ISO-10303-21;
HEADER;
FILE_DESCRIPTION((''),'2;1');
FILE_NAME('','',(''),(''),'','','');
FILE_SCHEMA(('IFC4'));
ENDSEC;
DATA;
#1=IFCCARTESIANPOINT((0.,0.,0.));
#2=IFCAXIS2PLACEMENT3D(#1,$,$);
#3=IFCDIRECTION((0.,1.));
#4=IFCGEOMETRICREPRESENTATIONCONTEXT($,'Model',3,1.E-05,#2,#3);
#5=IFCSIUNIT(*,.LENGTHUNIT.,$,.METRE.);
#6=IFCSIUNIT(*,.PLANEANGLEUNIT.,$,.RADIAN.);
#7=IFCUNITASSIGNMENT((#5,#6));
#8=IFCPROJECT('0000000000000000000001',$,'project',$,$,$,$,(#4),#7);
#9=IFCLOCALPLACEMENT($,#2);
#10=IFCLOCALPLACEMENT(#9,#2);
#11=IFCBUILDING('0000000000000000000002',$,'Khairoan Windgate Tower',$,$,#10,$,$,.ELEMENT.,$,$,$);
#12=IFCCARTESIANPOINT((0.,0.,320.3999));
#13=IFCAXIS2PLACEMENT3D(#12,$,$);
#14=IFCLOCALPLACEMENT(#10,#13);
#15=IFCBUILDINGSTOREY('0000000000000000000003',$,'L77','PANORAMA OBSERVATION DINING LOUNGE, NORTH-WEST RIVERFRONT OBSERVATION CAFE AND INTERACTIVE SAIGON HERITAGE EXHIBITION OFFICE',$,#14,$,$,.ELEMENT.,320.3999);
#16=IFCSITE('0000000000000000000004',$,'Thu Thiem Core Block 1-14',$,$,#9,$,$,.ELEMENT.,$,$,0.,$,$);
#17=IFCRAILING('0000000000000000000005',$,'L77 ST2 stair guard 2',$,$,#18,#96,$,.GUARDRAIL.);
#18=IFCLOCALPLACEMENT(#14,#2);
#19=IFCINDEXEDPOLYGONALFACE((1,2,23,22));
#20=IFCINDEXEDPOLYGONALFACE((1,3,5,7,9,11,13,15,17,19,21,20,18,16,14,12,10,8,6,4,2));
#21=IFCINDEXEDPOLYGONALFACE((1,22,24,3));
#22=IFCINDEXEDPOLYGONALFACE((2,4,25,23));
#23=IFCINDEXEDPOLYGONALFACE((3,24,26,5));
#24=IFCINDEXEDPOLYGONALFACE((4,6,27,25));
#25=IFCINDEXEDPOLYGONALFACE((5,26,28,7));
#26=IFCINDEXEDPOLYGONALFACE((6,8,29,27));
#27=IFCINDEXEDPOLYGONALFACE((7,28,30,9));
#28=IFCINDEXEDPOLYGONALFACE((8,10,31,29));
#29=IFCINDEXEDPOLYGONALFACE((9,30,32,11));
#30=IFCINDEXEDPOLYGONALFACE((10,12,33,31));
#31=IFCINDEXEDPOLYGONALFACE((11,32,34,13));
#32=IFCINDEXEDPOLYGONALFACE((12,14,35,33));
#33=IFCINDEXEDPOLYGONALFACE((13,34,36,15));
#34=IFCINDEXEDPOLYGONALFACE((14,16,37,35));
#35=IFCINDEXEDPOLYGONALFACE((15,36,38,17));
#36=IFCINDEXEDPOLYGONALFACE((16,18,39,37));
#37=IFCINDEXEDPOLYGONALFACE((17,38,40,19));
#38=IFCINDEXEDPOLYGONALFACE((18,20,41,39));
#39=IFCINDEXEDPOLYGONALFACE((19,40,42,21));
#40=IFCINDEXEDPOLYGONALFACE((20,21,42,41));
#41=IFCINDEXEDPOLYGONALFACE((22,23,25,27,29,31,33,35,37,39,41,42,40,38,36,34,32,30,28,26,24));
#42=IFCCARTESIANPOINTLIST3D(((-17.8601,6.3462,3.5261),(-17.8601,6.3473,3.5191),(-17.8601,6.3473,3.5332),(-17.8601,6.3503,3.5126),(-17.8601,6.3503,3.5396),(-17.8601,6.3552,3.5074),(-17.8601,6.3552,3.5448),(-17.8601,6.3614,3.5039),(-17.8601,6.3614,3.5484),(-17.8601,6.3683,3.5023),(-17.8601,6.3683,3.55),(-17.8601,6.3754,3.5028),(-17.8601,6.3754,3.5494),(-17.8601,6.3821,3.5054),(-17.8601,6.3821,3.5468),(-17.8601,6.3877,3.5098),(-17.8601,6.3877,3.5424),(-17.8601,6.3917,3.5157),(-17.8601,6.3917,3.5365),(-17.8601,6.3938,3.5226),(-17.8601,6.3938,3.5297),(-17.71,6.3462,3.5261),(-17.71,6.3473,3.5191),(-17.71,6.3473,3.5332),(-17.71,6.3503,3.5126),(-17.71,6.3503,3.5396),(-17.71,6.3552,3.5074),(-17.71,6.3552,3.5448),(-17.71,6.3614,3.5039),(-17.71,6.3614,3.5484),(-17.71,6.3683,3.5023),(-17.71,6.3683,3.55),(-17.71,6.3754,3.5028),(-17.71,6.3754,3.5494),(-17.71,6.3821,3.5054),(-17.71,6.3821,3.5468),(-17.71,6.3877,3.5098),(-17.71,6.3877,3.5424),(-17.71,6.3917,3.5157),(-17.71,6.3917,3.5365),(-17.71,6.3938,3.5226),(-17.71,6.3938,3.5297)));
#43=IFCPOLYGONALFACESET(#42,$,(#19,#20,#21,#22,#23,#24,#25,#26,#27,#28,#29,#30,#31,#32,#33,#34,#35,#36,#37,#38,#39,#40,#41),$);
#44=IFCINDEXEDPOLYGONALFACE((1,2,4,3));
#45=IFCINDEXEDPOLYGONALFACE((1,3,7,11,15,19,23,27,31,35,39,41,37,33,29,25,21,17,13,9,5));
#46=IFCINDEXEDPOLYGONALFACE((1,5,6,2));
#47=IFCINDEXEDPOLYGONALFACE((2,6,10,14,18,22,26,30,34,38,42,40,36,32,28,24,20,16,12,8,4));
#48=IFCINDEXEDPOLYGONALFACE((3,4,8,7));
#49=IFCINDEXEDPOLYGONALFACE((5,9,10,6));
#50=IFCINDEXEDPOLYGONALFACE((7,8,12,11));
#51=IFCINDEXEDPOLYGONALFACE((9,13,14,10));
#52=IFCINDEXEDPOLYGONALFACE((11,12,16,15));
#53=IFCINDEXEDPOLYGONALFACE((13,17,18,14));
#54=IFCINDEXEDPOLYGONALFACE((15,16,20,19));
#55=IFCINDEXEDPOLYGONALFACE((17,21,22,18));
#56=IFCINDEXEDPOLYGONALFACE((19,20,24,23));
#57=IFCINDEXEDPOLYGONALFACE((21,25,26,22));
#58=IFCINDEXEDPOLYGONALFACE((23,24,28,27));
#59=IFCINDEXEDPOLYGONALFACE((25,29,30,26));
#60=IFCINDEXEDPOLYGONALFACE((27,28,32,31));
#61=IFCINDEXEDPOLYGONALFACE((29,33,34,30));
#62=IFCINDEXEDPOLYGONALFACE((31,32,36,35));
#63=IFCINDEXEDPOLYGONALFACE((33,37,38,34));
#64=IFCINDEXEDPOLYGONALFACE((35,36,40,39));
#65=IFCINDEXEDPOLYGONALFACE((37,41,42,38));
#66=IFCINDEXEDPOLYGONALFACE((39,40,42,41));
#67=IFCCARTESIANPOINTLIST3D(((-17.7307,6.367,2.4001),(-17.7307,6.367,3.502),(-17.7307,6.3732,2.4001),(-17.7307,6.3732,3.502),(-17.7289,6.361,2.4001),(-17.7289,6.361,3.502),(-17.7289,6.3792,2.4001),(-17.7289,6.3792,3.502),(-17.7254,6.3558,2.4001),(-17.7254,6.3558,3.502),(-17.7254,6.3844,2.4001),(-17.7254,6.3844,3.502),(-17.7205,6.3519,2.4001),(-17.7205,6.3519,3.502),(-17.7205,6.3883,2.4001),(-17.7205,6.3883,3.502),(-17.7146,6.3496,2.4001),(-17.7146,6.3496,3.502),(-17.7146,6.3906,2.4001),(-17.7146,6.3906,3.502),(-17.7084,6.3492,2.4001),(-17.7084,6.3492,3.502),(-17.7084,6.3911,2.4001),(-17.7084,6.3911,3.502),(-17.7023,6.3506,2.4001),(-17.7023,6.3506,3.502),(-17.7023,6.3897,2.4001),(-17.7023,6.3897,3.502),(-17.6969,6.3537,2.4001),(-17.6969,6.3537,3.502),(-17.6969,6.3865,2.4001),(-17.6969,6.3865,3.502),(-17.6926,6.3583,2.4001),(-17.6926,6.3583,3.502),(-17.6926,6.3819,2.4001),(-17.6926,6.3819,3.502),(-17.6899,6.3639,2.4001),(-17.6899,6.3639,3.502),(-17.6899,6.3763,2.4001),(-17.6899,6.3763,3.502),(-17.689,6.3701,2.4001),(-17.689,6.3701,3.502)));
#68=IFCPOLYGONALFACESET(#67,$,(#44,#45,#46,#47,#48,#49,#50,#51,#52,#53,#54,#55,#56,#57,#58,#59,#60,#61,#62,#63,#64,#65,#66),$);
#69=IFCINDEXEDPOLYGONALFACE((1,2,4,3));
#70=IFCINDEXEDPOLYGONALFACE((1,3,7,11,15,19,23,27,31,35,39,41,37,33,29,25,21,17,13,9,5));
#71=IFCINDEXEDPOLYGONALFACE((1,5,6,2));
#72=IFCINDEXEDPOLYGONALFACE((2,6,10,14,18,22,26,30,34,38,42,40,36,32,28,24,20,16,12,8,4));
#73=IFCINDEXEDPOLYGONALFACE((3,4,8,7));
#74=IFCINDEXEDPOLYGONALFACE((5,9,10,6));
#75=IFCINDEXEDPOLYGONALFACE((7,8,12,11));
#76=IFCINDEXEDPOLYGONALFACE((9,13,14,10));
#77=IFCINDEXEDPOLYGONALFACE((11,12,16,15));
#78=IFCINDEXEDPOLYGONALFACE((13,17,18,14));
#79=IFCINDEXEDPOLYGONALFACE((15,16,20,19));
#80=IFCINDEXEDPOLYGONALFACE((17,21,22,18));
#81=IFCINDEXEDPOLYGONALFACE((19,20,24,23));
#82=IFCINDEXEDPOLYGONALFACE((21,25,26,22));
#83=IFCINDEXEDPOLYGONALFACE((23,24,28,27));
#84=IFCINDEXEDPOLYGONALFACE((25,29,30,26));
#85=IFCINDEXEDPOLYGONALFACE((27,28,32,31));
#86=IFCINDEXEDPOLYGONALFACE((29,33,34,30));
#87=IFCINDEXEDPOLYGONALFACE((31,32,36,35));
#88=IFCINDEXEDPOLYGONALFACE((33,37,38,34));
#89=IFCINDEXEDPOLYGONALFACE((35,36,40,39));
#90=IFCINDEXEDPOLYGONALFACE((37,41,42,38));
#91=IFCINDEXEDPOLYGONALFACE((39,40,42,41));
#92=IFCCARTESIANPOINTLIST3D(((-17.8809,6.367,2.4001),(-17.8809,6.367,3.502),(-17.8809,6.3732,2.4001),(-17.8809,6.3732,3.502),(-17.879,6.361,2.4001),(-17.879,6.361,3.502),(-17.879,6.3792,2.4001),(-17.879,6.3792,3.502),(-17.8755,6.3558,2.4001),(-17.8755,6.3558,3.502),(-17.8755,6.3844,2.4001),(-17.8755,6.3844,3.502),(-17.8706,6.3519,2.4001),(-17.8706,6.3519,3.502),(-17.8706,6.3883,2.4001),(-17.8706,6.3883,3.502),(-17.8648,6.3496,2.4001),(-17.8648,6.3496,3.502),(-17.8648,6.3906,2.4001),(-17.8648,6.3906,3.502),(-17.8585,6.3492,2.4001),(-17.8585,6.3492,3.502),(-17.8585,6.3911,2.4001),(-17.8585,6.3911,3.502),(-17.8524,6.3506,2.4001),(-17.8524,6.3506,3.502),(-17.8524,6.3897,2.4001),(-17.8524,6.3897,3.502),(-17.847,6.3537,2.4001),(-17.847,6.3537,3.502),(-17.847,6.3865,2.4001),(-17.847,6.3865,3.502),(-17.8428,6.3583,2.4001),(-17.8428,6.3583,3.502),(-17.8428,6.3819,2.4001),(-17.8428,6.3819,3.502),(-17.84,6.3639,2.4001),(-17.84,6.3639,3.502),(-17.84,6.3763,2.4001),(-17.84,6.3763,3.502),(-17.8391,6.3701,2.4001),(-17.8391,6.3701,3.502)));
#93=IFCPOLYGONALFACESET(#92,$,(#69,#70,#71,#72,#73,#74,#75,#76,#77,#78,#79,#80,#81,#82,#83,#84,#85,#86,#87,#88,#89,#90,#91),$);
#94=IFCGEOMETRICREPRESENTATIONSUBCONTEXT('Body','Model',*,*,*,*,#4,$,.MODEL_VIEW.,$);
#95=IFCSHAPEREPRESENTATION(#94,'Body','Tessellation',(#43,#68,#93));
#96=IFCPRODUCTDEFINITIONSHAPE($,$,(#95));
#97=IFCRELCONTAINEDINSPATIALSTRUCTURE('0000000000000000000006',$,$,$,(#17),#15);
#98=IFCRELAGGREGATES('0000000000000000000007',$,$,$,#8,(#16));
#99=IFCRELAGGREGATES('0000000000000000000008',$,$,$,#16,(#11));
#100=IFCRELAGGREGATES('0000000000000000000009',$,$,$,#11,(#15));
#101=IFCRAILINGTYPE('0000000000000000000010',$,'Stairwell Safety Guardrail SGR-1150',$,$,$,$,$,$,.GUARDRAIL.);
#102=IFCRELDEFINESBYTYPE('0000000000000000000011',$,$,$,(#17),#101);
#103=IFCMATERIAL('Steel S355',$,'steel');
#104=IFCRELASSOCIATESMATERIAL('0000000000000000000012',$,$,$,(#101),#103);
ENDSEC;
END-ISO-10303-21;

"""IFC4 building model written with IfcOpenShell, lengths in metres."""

from ifc_helpers import new_model, si_unit, direction, frame, origin, origin_2d, place, context, subcontext, project, spatial, circle, extrude, material, type_object, element, save


model = new_model("IFC4")

# Units and contexts
model_context = context("Model", 3, precision=1e-05, world=origin(), true_north=direction((0.0, 1.0)))
body_context = subcontext(model_context, "Body", "Model", "MODEL_VIEW")
ifc_project = project(units=[si_unit("LENGTHUNIT", "METRE"), si_unit("PLANEANGLEUNIT", "RADIAN")], contexts=[model_context])

# Site, building, storey
site_placement = place(None, origin())
site = spatial("IfcSite", under=ifc_project, at=site_placement, Name="Thu Thiem Core Block 1-14", CompositionType="ELEMENT", RefElevation=0.0)
building_placement = place(site_placement, origin())
building = spatial("IfcBuilding", under=site, at=building_placement, Name="Khairoan Windgate Tower", CompositionType="ELEMENT")
storey_placement = place(building_placement, frame((0.0, 0.0, 320.3999)))
storey = spatial("IfcBuildingStorey", under=building, at=storey_placement, Name="L77", Description="PANORAMA OBSERVATION DINING LOUNGE, NORTH-WEST RIVERFRONT OBSERVATION CAFE AND INTERACTIVE SAIGON HERITAGE EXHIBITION OFFICE", CompositionType="ELEMENT", Elevation=320.3999)

# Railing
ifc_material_1 = material(Name="Steel S355", Category="steel")
railing_type_1 = type_object("IfcRailingType", Name="Stairwell Safety Guardrail SGR-1150", PredefinedType="GUARDRAIL", material=ifc_material_1)
railing_1_placement = place(storey_placement, frame((-17.71, 6.3701, 2.4001)))
element("IfcRailing", 1, at=railing_1_placement, inside=storey, type_object=railing_type_1, Name="L77 ST2 stair guard 2", PredefinedType="GUARDRAIL", context=body_context, shape_type="SweptSolid", body=[
    extrude(circle(Radius=0.0239, at=origin_2d()), frame((0.0, 0.0, 1.126), z_axis=(-1.0, 0.0, 0.0), x_axis=(0.0, -1.0, 0.0)), (0.0, 0.0, 1.0), 0.1501),
    extrude(circle(Radius=0.021, at=origin_2d()), origin(), (0.0, 0.0, 1.0), 1.1018),
    extrude(circle(Radius=0.021, at=origin_2d()), frame((-0.1501, 0.0, 0.0)), (0.0, 0.0, 1.0), 1.1018),
])

save(model, "model.ifc")
